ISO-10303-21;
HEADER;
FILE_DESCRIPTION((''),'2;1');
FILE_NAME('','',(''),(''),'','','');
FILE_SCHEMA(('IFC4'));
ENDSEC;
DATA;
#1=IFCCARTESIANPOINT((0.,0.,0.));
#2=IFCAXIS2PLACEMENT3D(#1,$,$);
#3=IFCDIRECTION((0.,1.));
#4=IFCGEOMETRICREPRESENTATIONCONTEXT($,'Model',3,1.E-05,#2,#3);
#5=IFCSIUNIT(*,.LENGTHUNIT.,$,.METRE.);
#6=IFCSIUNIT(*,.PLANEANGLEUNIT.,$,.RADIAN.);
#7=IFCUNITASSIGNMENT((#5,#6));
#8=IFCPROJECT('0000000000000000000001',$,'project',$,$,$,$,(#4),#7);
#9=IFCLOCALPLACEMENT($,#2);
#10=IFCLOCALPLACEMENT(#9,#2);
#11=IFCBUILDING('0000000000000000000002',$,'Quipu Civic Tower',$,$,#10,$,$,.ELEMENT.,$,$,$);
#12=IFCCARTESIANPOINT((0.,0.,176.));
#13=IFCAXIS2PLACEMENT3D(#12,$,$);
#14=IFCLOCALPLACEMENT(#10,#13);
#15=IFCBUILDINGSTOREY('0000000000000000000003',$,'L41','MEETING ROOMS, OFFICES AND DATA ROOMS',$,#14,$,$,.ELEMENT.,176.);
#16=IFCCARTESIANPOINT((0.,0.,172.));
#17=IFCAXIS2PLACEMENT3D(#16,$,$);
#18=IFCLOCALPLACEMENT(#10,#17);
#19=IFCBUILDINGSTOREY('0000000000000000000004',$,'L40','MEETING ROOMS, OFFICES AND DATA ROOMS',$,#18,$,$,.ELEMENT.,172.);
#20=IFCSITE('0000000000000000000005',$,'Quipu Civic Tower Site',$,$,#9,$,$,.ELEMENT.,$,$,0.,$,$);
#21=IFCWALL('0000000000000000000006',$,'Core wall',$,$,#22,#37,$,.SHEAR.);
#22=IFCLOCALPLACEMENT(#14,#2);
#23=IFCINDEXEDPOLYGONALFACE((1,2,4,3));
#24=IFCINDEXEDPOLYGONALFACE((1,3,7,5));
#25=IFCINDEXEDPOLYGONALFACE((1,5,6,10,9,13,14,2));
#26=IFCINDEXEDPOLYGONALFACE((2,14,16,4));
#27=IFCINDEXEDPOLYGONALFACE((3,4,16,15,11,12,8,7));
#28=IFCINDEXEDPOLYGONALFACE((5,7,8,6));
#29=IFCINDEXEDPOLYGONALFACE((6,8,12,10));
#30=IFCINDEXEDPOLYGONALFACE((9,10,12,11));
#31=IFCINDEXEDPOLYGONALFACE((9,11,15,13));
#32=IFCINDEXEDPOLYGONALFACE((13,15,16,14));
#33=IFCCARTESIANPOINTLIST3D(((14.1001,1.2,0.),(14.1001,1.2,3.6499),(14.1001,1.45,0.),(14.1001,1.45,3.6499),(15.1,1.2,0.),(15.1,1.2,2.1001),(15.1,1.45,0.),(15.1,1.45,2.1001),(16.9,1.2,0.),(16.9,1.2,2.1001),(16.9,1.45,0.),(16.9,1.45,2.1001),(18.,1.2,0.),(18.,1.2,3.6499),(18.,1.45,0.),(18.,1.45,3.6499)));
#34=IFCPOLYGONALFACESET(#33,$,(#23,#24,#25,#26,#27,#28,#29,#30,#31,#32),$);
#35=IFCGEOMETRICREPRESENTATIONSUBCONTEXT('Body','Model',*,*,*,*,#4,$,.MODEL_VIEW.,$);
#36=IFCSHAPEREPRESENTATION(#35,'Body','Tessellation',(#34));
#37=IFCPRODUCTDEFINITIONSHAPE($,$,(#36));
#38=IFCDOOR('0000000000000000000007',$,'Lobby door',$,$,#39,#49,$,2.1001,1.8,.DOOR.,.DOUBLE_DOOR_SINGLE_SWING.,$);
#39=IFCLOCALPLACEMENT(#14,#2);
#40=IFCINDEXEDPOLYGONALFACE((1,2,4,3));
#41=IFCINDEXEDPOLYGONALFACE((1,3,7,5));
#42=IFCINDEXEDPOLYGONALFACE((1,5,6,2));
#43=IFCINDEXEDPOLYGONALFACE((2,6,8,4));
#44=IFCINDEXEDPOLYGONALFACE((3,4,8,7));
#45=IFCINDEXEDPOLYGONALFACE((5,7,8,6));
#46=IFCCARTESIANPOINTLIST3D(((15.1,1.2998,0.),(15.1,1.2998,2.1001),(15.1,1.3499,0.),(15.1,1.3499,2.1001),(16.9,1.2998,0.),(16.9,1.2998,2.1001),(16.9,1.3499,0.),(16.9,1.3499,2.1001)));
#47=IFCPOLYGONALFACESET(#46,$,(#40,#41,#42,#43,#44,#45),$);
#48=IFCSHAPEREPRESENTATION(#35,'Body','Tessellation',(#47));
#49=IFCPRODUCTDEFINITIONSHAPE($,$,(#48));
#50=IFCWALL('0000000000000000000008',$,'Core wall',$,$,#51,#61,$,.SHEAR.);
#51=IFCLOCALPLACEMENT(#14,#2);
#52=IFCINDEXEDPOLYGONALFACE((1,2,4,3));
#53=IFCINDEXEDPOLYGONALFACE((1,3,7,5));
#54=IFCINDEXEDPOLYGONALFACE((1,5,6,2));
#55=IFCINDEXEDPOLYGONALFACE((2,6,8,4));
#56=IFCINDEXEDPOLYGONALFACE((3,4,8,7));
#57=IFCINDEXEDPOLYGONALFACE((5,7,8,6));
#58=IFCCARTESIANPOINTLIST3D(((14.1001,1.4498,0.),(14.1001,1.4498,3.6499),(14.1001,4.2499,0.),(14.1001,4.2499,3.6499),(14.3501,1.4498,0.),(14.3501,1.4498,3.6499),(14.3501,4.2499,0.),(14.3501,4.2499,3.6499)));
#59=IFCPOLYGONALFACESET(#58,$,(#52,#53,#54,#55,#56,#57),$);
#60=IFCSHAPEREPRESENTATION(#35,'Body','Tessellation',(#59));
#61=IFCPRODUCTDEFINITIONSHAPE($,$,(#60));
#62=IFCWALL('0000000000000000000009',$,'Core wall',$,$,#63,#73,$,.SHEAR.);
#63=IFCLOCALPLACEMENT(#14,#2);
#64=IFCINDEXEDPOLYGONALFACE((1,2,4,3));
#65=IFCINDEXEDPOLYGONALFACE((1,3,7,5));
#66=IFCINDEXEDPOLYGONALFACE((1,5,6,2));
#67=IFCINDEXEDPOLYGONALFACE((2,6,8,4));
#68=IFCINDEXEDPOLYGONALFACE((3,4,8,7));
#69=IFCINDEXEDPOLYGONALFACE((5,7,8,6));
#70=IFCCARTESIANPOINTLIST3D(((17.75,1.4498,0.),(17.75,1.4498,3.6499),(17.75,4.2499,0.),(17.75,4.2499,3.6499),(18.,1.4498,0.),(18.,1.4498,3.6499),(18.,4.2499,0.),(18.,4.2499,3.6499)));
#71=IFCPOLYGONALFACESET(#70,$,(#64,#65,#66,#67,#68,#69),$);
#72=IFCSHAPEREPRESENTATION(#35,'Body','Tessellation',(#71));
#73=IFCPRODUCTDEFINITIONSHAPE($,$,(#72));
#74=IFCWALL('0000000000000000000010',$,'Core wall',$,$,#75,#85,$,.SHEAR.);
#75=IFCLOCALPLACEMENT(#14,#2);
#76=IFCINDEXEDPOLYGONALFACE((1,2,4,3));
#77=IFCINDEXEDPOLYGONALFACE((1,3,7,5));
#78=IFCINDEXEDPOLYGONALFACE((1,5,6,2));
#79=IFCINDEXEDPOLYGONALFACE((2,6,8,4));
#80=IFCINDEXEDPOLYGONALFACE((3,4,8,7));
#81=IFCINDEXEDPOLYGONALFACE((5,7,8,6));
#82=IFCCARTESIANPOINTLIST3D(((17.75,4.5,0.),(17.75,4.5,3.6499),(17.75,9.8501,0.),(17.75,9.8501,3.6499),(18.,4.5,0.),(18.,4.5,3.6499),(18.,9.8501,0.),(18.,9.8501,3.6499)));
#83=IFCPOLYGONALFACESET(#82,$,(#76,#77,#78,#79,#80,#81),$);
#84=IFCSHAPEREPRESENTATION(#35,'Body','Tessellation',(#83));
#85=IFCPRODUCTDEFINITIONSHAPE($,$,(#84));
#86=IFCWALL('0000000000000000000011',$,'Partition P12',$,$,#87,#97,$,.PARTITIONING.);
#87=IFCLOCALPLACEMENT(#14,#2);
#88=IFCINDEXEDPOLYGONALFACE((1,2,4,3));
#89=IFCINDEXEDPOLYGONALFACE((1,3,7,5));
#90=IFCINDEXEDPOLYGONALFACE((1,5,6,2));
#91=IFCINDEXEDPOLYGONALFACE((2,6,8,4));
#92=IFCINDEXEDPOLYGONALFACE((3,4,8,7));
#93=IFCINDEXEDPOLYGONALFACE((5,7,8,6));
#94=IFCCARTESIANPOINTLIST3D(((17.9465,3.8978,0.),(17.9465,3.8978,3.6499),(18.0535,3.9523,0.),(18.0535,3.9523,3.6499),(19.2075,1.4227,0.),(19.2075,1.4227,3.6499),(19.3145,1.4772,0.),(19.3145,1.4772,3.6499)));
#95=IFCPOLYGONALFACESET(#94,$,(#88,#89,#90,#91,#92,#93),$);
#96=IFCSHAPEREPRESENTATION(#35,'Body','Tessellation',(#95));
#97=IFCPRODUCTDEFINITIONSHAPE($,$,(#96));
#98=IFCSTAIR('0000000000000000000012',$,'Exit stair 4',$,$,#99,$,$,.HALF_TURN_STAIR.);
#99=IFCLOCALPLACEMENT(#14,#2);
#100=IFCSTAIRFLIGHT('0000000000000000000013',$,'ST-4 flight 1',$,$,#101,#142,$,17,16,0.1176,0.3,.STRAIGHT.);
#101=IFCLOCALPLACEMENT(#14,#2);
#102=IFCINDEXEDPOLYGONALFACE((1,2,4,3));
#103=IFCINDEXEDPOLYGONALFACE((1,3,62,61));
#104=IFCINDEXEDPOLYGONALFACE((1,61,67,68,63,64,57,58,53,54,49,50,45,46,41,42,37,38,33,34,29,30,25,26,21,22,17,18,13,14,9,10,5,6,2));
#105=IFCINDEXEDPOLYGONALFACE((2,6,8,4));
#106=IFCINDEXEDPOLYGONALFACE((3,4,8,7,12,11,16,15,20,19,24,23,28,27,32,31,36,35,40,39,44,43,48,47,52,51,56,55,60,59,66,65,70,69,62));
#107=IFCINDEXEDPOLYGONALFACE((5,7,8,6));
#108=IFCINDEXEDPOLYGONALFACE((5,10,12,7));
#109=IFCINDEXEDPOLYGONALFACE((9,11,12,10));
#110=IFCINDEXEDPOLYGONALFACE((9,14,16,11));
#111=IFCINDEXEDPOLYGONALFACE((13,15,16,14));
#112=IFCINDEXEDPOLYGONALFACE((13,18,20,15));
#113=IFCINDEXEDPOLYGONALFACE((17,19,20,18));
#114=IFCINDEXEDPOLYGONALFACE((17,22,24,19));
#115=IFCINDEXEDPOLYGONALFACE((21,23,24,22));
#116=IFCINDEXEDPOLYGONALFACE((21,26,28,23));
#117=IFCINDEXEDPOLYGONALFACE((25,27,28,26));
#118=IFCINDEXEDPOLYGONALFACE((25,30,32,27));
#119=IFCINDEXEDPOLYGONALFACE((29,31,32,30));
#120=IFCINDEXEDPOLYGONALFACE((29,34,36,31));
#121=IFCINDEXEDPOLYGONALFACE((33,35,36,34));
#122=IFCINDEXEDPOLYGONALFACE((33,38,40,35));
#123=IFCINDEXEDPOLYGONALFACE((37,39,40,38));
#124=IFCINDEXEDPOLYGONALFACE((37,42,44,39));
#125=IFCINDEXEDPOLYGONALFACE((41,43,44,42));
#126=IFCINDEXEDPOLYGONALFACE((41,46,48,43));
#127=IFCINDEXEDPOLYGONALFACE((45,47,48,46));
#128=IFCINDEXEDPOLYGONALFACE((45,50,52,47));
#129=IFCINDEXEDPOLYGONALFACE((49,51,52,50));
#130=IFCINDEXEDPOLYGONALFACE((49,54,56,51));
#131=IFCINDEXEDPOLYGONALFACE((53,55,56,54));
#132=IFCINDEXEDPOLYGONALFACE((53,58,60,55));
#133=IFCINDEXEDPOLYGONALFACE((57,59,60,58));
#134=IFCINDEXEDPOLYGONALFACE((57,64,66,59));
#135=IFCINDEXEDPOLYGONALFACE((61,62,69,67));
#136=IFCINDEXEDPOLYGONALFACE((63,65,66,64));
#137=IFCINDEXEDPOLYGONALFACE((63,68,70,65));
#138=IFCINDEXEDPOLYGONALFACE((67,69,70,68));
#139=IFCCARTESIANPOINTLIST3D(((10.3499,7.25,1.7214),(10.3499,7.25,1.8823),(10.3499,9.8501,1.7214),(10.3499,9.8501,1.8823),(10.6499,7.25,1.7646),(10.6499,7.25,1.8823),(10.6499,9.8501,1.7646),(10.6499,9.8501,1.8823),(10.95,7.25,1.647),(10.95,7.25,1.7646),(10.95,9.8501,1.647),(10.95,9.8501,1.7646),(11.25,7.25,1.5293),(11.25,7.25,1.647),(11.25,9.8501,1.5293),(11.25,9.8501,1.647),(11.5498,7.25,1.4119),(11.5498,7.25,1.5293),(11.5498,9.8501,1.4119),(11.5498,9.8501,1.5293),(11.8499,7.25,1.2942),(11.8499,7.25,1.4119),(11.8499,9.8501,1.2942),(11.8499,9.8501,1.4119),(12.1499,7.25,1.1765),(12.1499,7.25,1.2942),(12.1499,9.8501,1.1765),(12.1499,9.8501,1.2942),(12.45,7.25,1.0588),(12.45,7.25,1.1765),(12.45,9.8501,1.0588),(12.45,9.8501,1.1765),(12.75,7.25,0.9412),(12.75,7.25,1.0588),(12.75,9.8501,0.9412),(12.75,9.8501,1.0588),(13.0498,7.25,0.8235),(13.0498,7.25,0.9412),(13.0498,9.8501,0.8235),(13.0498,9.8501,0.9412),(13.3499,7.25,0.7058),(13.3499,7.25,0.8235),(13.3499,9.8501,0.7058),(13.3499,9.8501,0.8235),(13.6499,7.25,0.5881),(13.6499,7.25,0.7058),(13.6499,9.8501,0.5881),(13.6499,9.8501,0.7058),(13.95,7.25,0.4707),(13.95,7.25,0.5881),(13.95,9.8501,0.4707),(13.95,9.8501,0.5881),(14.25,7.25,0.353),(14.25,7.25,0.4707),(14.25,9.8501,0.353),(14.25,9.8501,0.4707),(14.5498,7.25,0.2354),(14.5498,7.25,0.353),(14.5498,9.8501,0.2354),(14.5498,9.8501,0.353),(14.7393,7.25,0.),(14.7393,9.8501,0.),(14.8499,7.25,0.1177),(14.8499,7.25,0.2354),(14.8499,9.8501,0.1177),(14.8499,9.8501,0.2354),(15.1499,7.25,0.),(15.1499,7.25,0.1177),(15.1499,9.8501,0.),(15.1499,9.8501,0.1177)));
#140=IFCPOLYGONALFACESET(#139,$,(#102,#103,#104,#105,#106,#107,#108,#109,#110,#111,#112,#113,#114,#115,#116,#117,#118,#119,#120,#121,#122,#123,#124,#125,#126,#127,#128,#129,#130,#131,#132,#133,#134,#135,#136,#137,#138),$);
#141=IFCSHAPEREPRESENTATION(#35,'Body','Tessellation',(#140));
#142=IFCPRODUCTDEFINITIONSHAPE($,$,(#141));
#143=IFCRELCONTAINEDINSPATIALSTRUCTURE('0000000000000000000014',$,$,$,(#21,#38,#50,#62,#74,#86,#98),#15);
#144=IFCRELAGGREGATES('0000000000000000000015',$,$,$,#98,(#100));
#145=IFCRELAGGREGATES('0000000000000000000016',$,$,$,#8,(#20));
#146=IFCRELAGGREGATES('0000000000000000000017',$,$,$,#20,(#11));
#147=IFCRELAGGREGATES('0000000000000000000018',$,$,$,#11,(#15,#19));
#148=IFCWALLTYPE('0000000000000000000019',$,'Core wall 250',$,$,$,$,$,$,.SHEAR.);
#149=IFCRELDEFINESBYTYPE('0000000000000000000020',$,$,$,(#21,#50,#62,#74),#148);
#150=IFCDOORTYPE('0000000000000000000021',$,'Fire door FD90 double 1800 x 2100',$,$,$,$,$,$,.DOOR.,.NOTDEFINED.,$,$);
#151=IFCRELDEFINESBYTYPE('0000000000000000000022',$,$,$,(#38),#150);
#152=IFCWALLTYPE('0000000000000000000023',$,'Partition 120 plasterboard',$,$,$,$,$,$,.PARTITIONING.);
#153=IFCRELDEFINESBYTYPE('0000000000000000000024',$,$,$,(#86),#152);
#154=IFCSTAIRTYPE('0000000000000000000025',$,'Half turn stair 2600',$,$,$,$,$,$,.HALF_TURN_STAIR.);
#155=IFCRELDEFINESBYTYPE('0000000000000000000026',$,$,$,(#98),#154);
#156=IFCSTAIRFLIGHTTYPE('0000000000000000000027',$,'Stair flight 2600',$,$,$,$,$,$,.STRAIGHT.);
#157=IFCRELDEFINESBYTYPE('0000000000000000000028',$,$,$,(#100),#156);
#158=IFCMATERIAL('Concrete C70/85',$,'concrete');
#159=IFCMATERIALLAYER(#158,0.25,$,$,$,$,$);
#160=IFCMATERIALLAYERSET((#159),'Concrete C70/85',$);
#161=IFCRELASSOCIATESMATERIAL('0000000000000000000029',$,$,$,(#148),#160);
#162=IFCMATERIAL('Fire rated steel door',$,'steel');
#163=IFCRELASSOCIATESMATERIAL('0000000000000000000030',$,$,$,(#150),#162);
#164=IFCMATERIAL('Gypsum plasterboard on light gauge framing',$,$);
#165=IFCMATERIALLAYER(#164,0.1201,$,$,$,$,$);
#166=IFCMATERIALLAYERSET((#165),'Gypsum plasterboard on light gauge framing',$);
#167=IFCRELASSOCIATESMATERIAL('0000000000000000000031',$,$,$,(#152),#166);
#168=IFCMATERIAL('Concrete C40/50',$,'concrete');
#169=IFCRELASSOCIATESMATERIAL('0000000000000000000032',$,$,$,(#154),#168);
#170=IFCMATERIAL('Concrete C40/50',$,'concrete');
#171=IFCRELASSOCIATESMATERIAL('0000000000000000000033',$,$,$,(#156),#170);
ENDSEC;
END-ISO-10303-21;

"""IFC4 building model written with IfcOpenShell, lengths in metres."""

from ifc_helpers import new_model, si_unit, direction, frame, frame_2d, origin, place, context, subcontext, project, spatial, polyline, rectangle, outline, extrude, material, layer, layer_set, type_object, element, fill, aggregate, save


model = new_model("IFC4")

# Units and contexts
model_context = context("Model", 3, precision=1e-05, world=origin(), true_north=direction((0.0, 1.0)))
body_context = subcontext(model_context, "Body", "Model", "MODEL_VIEW")
ifc_project = project(units=[si_unit("LENGTHUNIT", "METRE"), si_unit("PLANEANGLEUNIT", "RADIAN")], contexts=[model_context])

# Site, building, storey
site_placement = place(None, origin())
site = spatial("IfcSite", under=ifc_project, at=site_placement, Name="Quipu Civic Tower Site", CompositionType="ELEMENT", RefElevation=0.0)
building_placement = place(site_placement, origin())
building = spatial("IfcBuilding", under=site, at=building_placement, Name="Quipu Civic Tower", CompositionType="ELEMENT")
storey_1_placement = place(building_placement, frame((0.0, 0.0, 176.0)))
storey_1 = spatial("IfcBuildingStorey", under=building, at=storey_1_placement, Name="L41", Description="MEETING ROOMS, OFFICES AND DATA ROOMS", CompositionType="ELEMENT", Elevation=176.0)

# Shared definitions
storey_2_placement = place(building_placement, frame((0.0, 0.0, 172.0)))
storey_2 = spatial("IfcBuildingStorey", under=building, at=storey_2_placement, Name="L40", Description="MEETING ROOMS, OFFICES AND DATA ROOMS", CompositionType="ELEMENT", Elevation=172.0)

# Wall, opening, door
ifc_material_1 = material(Name="Concrete C70/85", Category="concrete")
ifc_layer_1 = layer(ifc_material_1, 0.25)
ifc_layer_set_1 = layer_set([ifc_layer_1], Name="Concrete C70/85")
wall_type_1 = type_object("IfcWallType", Name="Core wall 250", PredefinedType="SHEAR", material=ifc_layer_set_1)
wall_1_placement = place(storey_1_placement, frame((14.1001, 1.325, 0.0), z_axis=(0.0, 0.0, 1.0), x_axis=(1.0, 0.0, 0.0)))
wall_1 = element("IfcWall", 1, at=wall_1_placement, inside=storey_1, type_object=wall_type_1, Name="Core wall", PredefinedType="SHEAR", context=body_context, shape_type="SweptSolid", body=[
    extrude(rectangle(XDim=3.8999, YDim=0.25, at=frame_2d((1.95, 0.0))), origin(), (0.0, 0.0, 1.0), 3.6499),
])
opening_placement = place(wall_1_placement, frame((1.0, 0.0, 0.0)))
opening = element("IfcOpeningElement", 2, at=opening_placement, cuts=wall_1, PredefinedType="OPENING", context=body_context, shape_type="SweptSolid", body=[
    extrude(rectangle(XDim=1.8, YDim=2.1001, at=frame_2d((0.8999, 1.05))), frame((0.0, 0.135, 0.0), z_axis=(0.0, -1.0, 0.0), x_axis=(1.0, 0.0, 0.0)), (0.0, 0.0, 1.0), 0.27),
])
ifc_material_2 = material(Name="Fire rated steel door", Category="steel")
door_type = type_object("IfcDoorType", Name="Fire door FD90 double 1800 x 2100", OperationType="NOTDEFINED", PredefinedType="DOOR", material=ifc_material_2)
door_placement = place(opening_placement, origin())
door = element("IfcDoor", 3, at=door_placement, inside=storey_1, type_object=door_type, Name="Lobby door", OperationType="DOUBLE_DOOR_SINGLE_SWING", OverallHeight=2.1001, OverallWidth=1.8, PredefinedType="DOOR", context=body_context, shape_type="SweptSolid", body=[
    extrude(rectangle(XDim=1.8, YDim=2.1001, at=frame_2d((0.8999, 1.05))), frame((0.0, 0.0249, 0.0), z_axis=(0.0, -1.0, 0.0), x_axis=(1.0, 0.0, 0.0)), (0.0, 0.0, 1.0), 0.05),
])
fill(opening, door)

# Walls
for number, where, z_axis, x_axis, name in (
    (4, (14.2251, 1.45, 0.0), (0.0, 0.0, 1.0), (0.0, 1.0, 0.0), "Core wall"),
    (5, (17.875, 1.45, 0.0), (0.0, 0.0, 1.0), (0.0, 1.0, 0.0), "Core wall"),
):
    element("IfcWall", number, at=place(storey_1_placement, frame(where, z_axis=z_axis, x_axis=x_axis)), inside=storey_1, type_object=wall_type_1, Name=name, PredefinedType="SHEAR", context=body_context, shape_type="SweptSolid", body=[
        extrude(rectangle(XDim=2.8, YDim=0.25, at=frame_2d((1.3999, 0.0))), origin(), (0.0, 0.0, 1.0), 3.6499),
    ])
wall_2_placement = place(storey_1_placement, frame((17.875, 4.5, 0.0), z_axis=(0.0, 0.0, 1.0), x_axis=(0.0, 1.0, 0.0)))
element("IfcWall", 6, at=wall_2_placement, inside=storey_1, type_object=wall_type_1, Name="Core wall", PredefinedType="SHEAR", context=body_context, shape_type="SweptSolid", body=[
    extrude(rectangle(XDim=5.3501, YDim=0.25, at=frame_2d((2.675, 0.0))), origin(), (0.0, 0.0, 1.0), 3.6499),
])
ifc_material_3 = material(Name="Gypsum plasterboard on light gauge framing")
ifc_layer_2 = layer(ifc_material_3, 0.1201)
ifc_layer_set_2 = layer_set([ifc_layer_2], Name="Gypsum plasterboard on light gauge framing")
wall_type_2 = type_object("IfcWallType", Name="Partition 120 plasterboard", PredefinedType="PARTITIONING", material=ifc_layer_set_2)
wall_3_placement = place(storey_1_placement, frame((18.0, 3.925, 0.0), z_axis=(0.0, 0.0, 1.0), x_axis=(0.453951, -0.891027, 0.0)))
element("IfcWall", 7, at=wall_3_placement, inside=storey_1, type_object=wall_type_2, Name="Partition P12", PredefinedType="PARTITIONING", context=body_context, shape_type="SweptSolid", body=[
    extrude(rectangle(XDim=2.7778, YDim=0.1201, at=frame_2d((1.3889, 0.0))), origin(), (0.0, 0.0, 1.0), 3.6499),
])

# Stair, stair flight
ifc_material_4 = material(Name="Concrete C40/50", Category="concrete")
stair_type = type_object("IfcStairType", Name="Half turn stair 2600", PredefinedType="HALF_TURN_STAIR", material=ifc_material_4)
stair_placement = place(storey_1_placement, origin())
stair = element("IfcStair", 8, at=stair_placement, inside=storey_1, type_object=stair_type, Name="Exit stair 4", PredefinedType="HALF_TURN_STAIR")
ifc_material_5 = material(Name="Concrete C40/50", Category="concrete")
stair_flight_type = type_object("IfcStairFlightType", Name="Stair flight 2600", PredefinedType="STRAIGHT", material=ifc_material_5)
stair_flight_placement = place(storey_1_placement, frame((15.1499, 8.55, 0.0), z_axis=(0.0, 0.0, 1.0), x_axis=(-1.0, 0.0, 0.0)))
stair_flight = element("IfcStairFlight", 9, at=stair_flight_placement, type_object=stair_flight_type, Name="ST-4 flight 1", NumberOfRisers=17, NumberOfTreads=16, PredefinedType="STRAIGHT", RiserHeight=0.1176, TreadLength=0.3, context=body_context, shape_type="SweptSolid", body=[
    extrude(outline(polyline([(0.0, 0.0), (0.0, 0.1177), (0.3, 0.1177), (0.3, 0.2354), (0.6001, 0.2354), (0.6001, 0.353), (0.8999, 0.353), (0.8999, 0.4707), (1.2, 0.4707), (1.2, 0.5881), (1.5, 0.5881), (1.5, 0.7058), (1.8, 0.7058), (1.8, 0.8235), (2.1001, 0.8235), (2.1001, 0.9412), (2.3999, 0.9412), (2.3999, 1.0588), (2.7, 1.0588), (2.7, 1.1765), (3.0, 1.1765), (3.0, 1.2942), (3.3, 1.2942), (3.3, 1.4119), (3.6001, 1.4119), (3.6001, 1.5293), (3.8999, 1.5293), (3.8999, 1.647), (4.2, 1.647), (4.2, 1.7646), (4.5, 1.7646), (4.5, 1.8823), (4.8, 1.8823), (4.8, 2.0), (4.8, 1.7214), (0.4106, 0.0), (0.0, 0.0)])), frame((0.0, 1.3, 0.0), z_axis=(0.0, -1.0, 0.0), x_axis=(1.0, 0.0, 0.0)), (0.0, 0.0, 1.0), 2.6001),
])
aggregate(stair, [stair_flight])

save(model, "model.ifc")
